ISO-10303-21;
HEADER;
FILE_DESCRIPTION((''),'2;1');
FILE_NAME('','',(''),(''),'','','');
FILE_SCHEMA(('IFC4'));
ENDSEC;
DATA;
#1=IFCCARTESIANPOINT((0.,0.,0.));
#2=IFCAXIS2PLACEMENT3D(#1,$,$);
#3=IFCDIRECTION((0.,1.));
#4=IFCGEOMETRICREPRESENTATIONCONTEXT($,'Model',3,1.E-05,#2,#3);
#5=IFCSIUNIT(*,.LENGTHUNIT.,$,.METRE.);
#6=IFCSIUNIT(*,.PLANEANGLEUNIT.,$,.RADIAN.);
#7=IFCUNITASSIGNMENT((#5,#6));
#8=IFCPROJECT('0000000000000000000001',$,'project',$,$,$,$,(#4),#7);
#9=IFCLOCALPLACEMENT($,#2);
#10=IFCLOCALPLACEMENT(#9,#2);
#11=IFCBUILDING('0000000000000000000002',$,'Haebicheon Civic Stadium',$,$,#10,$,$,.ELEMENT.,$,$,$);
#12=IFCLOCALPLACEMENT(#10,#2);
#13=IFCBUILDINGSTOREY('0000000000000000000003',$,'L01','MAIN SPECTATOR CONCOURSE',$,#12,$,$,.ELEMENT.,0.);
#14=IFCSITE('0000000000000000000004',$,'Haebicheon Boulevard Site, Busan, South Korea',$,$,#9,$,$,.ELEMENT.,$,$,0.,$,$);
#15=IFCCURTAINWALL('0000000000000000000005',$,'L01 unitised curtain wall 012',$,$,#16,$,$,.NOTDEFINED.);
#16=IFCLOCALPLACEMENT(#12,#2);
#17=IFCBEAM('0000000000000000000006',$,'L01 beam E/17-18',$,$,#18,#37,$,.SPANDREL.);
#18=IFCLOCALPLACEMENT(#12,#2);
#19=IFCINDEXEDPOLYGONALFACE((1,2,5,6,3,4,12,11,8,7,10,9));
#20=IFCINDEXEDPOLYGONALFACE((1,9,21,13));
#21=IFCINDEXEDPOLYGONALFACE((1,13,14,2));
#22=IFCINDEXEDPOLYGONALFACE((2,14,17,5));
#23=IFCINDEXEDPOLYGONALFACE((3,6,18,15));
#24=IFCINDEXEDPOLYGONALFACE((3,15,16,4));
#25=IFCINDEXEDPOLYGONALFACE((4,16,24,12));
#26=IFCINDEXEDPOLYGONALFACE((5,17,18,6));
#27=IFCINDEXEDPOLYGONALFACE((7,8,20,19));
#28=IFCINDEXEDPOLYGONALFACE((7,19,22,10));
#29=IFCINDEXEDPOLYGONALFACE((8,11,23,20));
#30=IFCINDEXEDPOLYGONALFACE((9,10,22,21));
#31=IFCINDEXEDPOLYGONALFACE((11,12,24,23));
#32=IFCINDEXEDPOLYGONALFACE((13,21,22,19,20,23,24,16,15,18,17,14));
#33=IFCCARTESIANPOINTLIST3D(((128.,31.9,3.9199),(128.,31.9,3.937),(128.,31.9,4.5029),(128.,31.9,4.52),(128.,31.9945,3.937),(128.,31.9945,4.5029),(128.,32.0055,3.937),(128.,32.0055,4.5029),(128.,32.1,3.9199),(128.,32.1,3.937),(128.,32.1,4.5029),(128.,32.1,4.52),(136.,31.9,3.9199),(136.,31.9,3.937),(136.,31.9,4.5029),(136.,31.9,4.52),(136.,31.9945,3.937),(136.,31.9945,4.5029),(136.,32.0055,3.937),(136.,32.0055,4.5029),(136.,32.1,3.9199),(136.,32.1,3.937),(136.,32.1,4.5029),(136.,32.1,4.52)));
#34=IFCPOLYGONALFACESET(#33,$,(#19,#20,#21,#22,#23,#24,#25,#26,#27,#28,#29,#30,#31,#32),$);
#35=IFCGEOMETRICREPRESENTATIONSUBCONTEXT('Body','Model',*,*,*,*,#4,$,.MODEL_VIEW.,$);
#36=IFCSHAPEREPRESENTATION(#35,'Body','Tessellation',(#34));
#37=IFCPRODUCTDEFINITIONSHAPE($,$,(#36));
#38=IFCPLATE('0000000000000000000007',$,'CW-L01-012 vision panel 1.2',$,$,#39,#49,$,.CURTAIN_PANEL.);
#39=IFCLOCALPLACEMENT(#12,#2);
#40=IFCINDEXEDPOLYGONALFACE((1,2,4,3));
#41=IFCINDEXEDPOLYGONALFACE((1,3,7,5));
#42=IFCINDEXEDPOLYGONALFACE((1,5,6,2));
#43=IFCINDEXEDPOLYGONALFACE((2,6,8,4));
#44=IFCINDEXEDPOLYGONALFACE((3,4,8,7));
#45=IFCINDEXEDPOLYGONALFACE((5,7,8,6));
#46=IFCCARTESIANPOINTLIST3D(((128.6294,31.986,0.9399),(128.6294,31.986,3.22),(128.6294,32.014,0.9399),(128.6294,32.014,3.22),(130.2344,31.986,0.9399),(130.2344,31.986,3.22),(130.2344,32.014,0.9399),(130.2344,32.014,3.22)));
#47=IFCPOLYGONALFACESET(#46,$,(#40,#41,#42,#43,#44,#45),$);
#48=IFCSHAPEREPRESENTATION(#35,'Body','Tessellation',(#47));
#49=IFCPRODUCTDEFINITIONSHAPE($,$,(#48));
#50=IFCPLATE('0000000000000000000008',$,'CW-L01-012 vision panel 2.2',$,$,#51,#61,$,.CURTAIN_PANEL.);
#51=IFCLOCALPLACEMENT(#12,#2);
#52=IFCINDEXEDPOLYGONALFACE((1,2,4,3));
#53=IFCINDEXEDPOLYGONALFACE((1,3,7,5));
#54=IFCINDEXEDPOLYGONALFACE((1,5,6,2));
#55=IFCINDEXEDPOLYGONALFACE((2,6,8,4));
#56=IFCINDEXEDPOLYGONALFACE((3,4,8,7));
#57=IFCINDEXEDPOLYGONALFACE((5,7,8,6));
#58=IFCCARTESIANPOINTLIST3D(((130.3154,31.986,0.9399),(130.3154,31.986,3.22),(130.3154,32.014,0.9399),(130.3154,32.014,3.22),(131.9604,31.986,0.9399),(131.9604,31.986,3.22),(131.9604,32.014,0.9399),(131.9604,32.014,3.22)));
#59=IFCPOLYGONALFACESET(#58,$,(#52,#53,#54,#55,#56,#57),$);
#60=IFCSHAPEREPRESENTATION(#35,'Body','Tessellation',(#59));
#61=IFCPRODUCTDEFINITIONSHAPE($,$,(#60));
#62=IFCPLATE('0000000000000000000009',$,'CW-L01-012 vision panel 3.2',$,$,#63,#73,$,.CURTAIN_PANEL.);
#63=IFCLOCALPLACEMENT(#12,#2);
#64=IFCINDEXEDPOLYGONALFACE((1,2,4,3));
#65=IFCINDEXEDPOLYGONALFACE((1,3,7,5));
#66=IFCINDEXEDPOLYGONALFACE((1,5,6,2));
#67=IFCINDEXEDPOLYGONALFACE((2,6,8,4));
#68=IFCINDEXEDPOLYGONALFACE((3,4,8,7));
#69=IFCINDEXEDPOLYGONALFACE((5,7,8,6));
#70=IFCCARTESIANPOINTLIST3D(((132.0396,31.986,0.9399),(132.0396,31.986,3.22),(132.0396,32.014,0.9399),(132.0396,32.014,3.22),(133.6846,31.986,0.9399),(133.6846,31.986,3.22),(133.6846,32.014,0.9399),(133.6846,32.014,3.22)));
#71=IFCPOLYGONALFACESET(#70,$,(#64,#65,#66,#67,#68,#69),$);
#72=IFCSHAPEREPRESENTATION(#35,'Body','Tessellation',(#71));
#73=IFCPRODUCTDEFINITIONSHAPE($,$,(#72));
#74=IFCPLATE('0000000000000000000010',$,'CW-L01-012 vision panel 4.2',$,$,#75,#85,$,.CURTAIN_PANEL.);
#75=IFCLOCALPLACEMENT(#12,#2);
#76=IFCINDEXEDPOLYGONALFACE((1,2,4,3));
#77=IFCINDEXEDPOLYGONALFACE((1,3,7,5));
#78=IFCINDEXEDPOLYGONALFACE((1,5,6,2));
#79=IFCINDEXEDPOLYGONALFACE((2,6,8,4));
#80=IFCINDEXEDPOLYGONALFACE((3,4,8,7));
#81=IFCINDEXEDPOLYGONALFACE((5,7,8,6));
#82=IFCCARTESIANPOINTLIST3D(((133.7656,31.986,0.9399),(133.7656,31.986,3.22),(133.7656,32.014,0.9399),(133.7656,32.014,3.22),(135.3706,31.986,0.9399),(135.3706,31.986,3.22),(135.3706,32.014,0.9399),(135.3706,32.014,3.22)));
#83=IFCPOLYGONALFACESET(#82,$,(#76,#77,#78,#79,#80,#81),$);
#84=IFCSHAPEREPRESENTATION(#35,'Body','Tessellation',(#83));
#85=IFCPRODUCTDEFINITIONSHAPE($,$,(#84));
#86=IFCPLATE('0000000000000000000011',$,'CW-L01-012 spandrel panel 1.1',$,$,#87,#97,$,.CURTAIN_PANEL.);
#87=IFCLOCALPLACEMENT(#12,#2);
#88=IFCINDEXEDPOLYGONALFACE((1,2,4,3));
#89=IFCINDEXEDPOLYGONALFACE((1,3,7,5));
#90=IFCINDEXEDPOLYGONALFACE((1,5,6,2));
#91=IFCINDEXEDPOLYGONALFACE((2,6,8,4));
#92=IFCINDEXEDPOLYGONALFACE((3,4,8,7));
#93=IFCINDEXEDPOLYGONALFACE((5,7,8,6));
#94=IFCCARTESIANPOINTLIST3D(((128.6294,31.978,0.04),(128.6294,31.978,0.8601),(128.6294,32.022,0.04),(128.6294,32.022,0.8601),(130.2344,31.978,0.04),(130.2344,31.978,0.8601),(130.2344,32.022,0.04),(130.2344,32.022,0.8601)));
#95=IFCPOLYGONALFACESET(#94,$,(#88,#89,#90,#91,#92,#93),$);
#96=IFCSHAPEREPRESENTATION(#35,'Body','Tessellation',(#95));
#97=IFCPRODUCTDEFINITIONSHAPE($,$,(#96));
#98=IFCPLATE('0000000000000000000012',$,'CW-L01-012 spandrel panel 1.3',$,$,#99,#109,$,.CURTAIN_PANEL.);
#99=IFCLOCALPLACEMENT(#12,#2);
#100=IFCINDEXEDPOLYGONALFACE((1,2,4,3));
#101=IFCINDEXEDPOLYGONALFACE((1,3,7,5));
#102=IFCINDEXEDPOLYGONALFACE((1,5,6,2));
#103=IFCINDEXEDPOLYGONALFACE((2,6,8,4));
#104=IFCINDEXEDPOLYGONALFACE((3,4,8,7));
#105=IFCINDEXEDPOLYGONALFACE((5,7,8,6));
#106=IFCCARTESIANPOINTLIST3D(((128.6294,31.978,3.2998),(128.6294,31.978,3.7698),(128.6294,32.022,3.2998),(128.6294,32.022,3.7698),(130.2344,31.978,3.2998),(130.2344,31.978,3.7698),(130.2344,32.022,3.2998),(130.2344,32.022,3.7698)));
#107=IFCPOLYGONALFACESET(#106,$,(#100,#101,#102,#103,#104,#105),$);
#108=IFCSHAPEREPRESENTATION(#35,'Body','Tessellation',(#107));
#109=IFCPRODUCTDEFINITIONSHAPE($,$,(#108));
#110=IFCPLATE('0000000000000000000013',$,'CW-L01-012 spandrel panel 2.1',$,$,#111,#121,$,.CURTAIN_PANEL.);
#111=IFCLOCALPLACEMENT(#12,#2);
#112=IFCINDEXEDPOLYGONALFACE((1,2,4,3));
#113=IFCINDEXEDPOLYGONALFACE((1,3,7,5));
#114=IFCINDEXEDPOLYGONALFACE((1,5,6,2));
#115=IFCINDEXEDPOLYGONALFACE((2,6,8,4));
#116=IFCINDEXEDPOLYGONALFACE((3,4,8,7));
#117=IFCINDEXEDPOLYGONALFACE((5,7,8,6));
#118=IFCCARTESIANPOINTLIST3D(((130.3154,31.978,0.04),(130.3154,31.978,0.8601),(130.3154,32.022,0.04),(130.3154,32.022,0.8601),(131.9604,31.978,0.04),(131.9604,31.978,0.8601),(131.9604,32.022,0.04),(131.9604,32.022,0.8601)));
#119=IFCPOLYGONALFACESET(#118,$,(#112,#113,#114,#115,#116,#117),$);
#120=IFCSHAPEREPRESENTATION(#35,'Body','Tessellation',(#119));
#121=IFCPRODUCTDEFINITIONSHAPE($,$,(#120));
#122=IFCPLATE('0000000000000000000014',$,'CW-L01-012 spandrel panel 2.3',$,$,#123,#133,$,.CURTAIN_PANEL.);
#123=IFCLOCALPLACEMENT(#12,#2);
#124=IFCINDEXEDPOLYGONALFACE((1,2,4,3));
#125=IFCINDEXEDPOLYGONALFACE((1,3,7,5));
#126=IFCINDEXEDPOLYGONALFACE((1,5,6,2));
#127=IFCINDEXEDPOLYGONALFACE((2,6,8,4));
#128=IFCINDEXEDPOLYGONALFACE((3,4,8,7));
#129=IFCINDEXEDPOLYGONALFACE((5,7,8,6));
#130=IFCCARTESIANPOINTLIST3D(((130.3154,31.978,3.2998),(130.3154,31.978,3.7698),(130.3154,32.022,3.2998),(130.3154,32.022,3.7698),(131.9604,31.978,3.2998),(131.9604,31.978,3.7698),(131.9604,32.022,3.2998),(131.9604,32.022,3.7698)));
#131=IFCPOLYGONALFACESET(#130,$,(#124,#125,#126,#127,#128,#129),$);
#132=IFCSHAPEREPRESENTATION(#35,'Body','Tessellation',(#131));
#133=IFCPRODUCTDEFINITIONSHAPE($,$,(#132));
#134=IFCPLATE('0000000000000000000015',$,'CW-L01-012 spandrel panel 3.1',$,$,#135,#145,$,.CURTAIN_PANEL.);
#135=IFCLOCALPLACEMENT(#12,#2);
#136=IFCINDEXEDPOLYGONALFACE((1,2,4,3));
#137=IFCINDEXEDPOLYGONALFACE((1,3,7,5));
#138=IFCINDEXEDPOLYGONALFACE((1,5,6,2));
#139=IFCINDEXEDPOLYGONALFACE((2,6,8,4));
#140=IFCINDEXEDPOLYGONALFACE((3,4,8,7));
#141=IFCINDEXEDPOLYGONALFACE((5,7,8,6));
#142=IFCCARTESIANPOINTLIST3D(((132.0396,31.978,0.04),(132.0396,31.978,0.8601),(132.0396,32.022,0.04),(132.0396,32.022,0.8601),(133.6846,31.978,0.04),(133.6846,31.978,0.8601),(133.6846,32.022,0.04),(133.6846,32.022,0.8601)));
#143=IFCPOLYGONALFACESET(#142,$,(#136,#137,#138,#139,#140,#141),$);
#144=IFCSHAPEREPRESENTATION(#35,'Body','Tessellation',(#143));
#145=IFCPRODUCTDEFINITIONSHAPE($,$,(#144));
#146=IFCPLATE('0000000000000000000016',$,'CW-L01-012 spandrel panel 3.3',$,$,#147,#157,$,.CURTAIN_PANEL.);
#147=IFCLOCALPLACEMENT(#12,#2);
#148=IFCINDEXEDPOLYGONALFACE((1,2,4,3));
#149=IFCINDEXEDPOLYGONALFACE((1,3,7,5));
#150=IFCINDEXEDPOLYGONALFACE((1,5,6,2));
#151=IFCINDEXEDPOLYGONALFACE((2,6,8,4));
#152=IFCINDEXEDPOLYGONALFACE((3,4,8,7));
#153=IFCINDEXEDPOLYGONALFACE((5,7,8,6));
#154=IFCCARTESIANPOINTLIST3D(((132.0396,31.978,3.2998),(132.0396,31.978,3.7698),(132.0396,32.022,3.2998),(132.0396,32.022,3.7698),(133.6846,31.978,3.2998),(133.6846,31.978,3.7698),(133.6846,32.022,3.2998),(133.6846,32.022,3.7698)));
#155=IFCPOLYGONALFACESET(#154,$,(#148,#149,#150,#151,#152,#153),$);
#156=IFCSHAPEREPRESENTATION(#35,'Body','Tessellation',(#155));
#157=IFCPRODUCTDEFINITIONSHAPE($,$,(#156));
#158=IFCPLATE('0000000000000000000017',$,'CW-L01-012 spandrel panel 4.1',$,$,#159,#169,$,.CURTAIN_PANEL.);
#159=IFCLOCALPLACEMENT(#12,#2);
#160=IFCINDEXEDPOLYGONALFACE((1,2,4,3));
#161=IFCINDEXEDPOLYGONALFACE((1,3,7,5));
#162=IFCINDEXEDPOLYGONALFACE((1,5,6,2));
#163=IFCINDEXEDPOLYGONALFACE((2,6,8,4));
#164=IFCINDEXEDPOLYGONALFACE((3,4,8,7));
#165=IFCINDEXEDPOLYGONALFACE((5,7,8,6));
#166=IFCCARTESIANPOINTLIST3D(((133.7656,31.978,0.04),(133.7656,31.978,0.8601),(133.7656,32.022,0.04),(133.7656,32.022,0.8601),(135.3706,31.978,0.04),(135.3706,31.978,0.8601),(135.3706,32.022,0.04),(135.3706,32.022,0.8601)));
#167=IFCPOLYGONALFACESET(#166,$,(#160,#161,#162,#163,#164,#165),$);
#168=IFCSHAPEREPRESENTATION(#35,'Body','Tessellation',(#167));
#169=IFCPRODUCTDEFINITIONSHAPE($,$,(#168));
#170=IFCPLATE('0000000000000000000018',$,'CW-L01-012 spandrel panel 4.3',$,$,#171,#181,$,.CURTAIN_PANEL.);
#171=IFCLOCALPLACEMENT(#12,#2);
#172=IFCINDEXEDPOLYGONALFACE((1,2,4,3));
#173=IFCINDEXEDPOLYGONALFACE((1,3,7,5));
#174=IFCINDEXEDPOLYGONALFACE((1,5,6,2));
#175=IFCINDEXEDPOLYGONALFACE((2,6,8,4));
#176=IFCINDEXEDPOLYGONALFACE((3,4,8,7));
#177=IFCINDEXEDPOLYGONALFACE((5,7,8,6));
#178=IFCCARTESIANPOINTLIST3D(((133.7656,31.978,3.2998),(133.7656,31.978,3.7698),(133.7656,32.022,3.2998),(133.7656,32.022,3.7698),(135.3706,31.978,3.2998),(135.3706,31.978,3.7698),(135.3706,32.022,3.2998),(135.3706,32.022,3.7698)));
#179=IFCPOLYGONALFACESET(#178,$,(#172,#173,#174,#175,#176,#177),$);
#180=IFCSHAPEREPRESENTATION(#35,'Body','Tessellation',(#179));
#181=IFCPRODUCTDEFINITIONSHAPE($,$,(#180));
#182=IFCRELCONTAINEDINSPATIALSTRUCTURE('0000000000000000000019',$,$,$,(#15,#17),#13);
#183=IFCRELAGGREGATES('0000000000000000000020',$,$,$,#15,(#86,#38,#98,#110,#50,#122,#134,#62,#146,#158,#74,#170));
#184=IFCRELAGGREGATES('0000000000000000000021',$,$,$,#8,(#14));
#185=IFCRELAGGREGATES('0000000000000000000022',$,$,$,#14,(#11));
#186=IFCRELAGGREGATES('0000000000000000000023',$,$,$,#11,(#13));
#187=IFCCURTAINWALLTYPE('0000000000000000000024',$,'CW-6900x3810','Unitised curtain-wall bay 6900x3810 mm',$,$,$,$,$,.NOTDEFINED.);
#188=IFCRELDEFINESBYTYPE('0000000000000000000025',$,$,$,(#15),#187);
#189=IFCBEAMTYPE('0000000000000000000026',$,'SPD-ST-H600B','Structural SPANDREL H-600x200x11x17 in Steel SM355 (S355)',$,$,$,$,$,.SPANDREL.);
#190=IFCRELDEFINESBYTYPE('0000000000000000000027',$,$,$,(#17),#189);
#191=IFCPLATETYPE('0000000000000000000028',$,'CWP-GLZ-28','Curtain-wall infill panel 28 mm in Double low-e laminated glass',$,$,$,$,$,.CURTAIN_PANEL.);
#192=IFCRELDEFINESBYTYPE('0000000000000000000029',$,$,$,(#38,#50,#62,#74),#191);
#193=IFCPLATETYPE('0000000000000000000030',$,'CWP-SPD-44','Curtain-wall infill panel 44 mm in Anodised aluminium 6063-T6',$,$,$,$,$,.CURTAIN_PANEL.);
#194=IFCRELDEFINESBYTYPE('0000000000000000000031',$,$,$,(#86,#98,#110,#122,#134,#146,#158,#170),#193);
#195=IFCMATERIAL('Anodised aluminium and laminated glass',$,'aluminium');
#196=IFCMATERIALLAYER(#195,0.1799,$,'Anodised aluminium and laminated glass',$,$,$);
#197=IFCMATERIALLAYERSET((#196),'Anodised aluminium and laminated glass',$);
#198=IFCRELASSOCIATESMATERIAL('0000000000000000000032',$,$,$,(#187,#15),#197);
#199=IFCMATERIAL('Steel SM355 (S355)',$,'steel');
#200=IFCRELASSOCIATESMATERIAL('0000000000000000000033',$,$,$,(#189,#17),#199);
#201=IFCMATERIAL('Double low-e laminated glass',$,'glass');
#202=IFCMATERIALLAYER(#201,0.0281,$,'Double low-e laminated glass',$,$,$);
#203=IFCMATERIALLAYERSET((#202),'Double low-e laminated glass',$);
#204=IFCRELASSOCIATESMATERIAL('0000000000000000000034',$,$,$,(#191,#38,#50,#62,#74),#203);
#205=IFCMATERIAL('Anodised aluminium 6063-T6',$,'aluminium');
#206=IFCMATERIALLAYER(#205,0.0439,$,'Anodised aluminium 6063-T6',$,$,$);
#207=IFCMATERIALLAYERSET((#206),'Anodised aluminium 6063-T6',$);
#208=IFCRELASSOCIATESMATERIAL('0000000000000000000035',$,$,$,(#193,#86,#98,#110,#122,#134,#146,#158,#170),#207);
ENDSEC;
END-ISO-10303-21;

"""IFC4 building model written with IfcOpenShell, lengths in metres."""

from ifc_helpers import new_model, si_unit, direction, frame, origin, origin_2d, place, context, subcontext, project, spatial, rectangle, i_section, extrude, material, layer, layer_set, material_profile, profile_set, type_object, element, aggregate, save


model = new_model("IFC4")

# Units and contexts
model_context = context("Model", 3, precision=1e-05, world=origin(), true_north=direction((0.0, 1.0)))
body_context = subcontext(model_context, "Body", "Model", "MODEL_VIEW")
ifc_project = project(units=[si_unit("LENGTHUNIT", "METRE"), si_unit("PLANEANGLEUNIT", "RADIAN")], contexts=[model_context])

# Site, building, storey
site_placement = place(None, origin())
site = spatial("IfcSite", under=ifc_project, at=site_placement, Name="Haebicheon Boulevard Site, Busan, South Korea", CompositionType="ELEMENT", RefElevation=0.0)
building_placement = place(site_placement, origin())
building = spatial("IfcBuilding", under=site, at=building_placement, Name="Haebicheon Civic Stadium", CompositionType="ELEMENT")
storey_placement = place(building_placement, origin())
storey = spatial("IfcBuildingStorey", under=building, at=storey_placement, Name="L01", Description="MAIN SPECTATOR CONCOURSE", CompositionType="ELEMENT", Elevation=0.0)

# Curtain wall
ifc_material_1 = material(Name="Anodised aluminium and laminated glass", Category="aluminium")
ifc_layer_1 = layer(ifc_material_1, 0.1799, Name="Anodised aluminium and laminated glass")
ifc_layer_set_1 = layer_set([ifc_layer_1], Name="Anodised aluminium and laminated glass")
curtain_wall_type = type_object("IfcCurtainWallType", Name="CW-6900x3810", Description="Unitised curtain-wall bay 6900x3810 mm", PredefinedType="NOTDEFINED", material=ifc_layer_set_1)
curtain_wall_placement = place(storey_placement, origin())
curtain_wall = element("IfcCurtainWall", 1, at=curtain_wall_placement, inside=storey, type_object=curtain_wall_type, material=ifc_layer_set_1, Name="L01 unitised curtain wall 012", PredefinedType="NOTDEFINED")

# Beam
ifc_material_2 = material(Name="Steel SM355 (S355)", Category="steel")
ifc_material_profile_1 = material_profile(ifc_material_2, i_section(OverallWidth=0.2, OverallDepth=0.6001, WebThickness=0.011, FlangeThickness=0.0171, at=origin_2d()), Name="H-600x200x11x17")
ifc_profile_set_1 = profile_set([ifc_material_profile_1], Name="Steel SM355 (S355)")
beam_type_1 = type_object("IfcBeamType", Name="SPD-ST-H600B", Description="Structural SPANDREL H-600x200x11x17 in Steel SM355 (S355)", PredefinedType="SPANDREL", material=ifc_profile_set_1)
beam_1_placement = place(storey_placement, frame((128.0, 32.0, 4.22), z_axis=(1.0, 0.0, 0.0), x_axis=(0.0, 1.0, 0.0)))
element("IfcBeam", 2, at=beam_1_placement, inside=storey, type_object=beam_type_1, material=ifc_profile_set_1, Name="L01 beam E/17-18", PredefinedType="SPANDREL", context=body_context, shape_type="SweptSolid", body=[
    extrude(i_section(OverallWidth=0.2, OverallDepth=0.6001, WebThickness=0.011, FlangeThickness=0.0171, at=origin_2d()), origin(), (0.0, 0.0, 1.0), 8.0),
])

# Plates
ifc_material_3 = material(Name="Double low-e laminated glass", Category="glass")
ifc_layer_2 = layer(ifc_material_3, 0.0281, Name="Double low-e laminated glass")
ifc_layer_set_2 = layer_set([ifc_layer_2], Name="Double low-e laminated glass")
plate_type_1 = type_object("IfcPlateType", Name="CWP-GLZ-28", Description="Curtain-wall infill panel 28 mm in Double low-e laminated glass", PredefinedType="CURTAIN_PANEL", material=ifc_layer_set_2)
plate_1_placement = place(storey_placement, frame((129.4319, 32.0, 0.9399), z_axis=(0.0, 0.0, 1.0), x_axis=(1.0, 0.0, 0.0)))
plate_1 = element("IfcPlate", 3, at=plate_1_placement, type_object=plate_type_1, material=ifc_layer_set_2, Name="CW-L01-012 vision panel 1.2", PredefinedType="CURTAIN_PANEL", context=body_context, shape_type="SweptSolid", body=[
    extrude(rectangle(XDim=1.605, YDim=0.0281, at=origin_2d()), origin(), (0.0, 0.0, 1.0), 2.28),
])
plate_2_placement = place(storey_placement, frame((131.1379, 32.0, 0.9399), z_axis=(0.0, 0.0, 1.0), x_axis=(1.0, 0.0, 0.0)))
plate_2 = element("IfcPlate", 4, at=plate_2_placement, type_object=plate_type_1, material=ifc_layer_set_2, Name="CW-L01-012 vision panel 2.2", PredefinedType="CURTAIN_PANEL", context=body_context, shape_type="SweptSolid", body=[
    extrude(rectangle(XDim=1.645, YDim=0.0281, at=origin_2d()), origin(), (0.0, 0.0, 1.0), 2.28),
])
plate_3_placement = place(storey_placement, frame((132.8621, 32.0, 0.9399), z_axis=(0.0, 0.0, 1.0), x_axis=(1.0, 0.0, 0.0)))
plate_3 = element("IfcPlate", 5, at=plate_3_placement, type_object=plate_type_1, material=ifc_layer_set_2, Name="CW-L01-012 vision panel 3.2", PredefinedType="CURTAIN_PANEL", context=body_context, shape_type="SweptSolid", body=[
    extrude(rectangle(XDim=1.645, YDim=0.0281, at=origin_2d()), origin(), (0.0, 0.0, 1.0), 2.28),
])
plate_4_placement = place(storey_placement, frame((134.5681, 32.0, 0.9399), z_axis=(0.0, 0.0, 1.0), x_axis=(1.0, 0.0, 0.0)))
plate_4 = element("IfcPlate", 6, at=plate_4_placement, type_object=plate_type_1, material=ifc_layer_set_2, Name="CW-L01-012 vision panel 4.2", PredefinedType="CURTAIN_PANEL", context=body_context, shape_type="SweptSolid", body=[
    extrude(rectangle(XDim=1.605, YDim=0.0281, at=origin_2d()), origin(), (0.0, 0.0, 1.0), 2.28),
])
ifc_material_4 = material(Name="Anodised aluminium 6063-T6", Category="aluminium")
ifc_layer_3 = layer(ifc_material_4, 0.0439, Name="Anodised aluminium 6063-T6")
ifc_layer_set_3 = layer_set([ifc_layer_3], Name="Anodised aluminium 6063-T6")
plate_type_2 = type_object("IfcPlateType", Name="CWP-SPD-44", Description="Curtain-wall infill panel 44 mm in Anodised aluminium 6063-T6", PredefinedType="CURTAIN_PANEL", material=ifc_layer_set_3)
plate_5_placement = place(storey_placement, frame((129.4319, 32.0, 0.04), z_axis=(0.0, 0.0, 1.0), x_axis=(1.0, 0.0, 0.0)))
plate_5 = element("IfcPlate", 7, at=plate_5_placement, type_object=plate_type_2, material=ifc_layer_set_3, Name="CW-L01-012 spandrel panel 1.1", PredefinedType="CURTAIN_PANEL", context=body_context, shape_type="SweptSolid", body=[
    extrude(rectangle(XDim=1.605, YDim=0.0439, at=origin_2d()), origin(), (0.0, 0.0, 1.0), 0.8201),
])
plate_6_placement = place(storey_placement, frame((129.4319, 32.0, 3.2998), z_axis=(0.0, 0.0, 1.0), x_axis=(1.0, 0.0, 0.0)))
plate_6 = element("IfcPlate", 8, at=plate_6_placement, type_object=plate_type_2, material=ifc_layer_set_3, Name="CW-L01-012 spandrel panel 1.3", PredefinedType="CURTAIN_PANEL", context=body_context, shape_type="SweptSolid", body=[
    extrude(rectangle(XDim=1.605, YDim=0.0439, at=origin_2d()), origin(), (0.0, 0.0, 1.0), 0.47),
])
plate_7_placement = place(storey_placement, frame((131.1379, 32.0, 0.04), z_axis=(0.0, 0.0, 1.0), x_axis=(1.0, 0.0, 0.0)))
plate_7 = element("IfcPlate", 9, at=plate_7_placement, type_object=plate_type_2, material=ifc_layer_set_3, Name="CW-L01-012 spandrel panel 2.1", PredefinedType="CURTAIN_PANEL", context=body_context, shape_type="SweptSolid", body=[
    extrude(rectangle(XDim=1.645, YDim=0.0439, at=origin_2d()), origin(), (0.0, 0.0, 1.0), 0.8201),
])
plate_8_placement = place(storey_placement, frame((131.1379, 32.0, 3.2998), z_axis=(0.0, 0.0, 1.0), x_axis=(1.0, 0.0, 0.0)))
plate_8 = element("IfcPlate", 10, at=plate_8_placement, type_object=plate_type_2, material=ifc_layer_set_3, Name="CW-L01-012 spandrel panel 2.3", PredefinedType="CURTAIN_PANEL", context=body_context, shape_type="SweptSolid", body=[
    extrude(rectangle(XDim=1.645, YDim=0.0439, at=origin_2d()), origin(), (0.0, 0.0, 1.0), 0.47),
])
plate_9_placement = place(storey_placement, frame((132.8621, 32.0, 0.04), z_axis=(0.0, 0.0, 1.0), x_axis=(1.0, 0.0, 0.0)))
plate_9 = element("IfcPlate", 11, at=plate_9_placement, type_object=plate_type_2, material=ifc_layer_set_3, Name="CW-L01-012 spandrel panel 3.1", PredefinedType="CURTAIN_PANEL", context=body_context, shape_type="SweptSolid", body=[
    extrude(rectangle(XDim=1.645, YDim=0.0439, at=origin_2d()), origin(), (0.0, 0.0, 1.0), 0.8201),
])
plate_10_placement = place(storey_placement, frame((132.8621, 32.0, 3.2998), z_axis=(0.0, 0.0, 1.0), x_axis=(1.0, 0.0, 0.0)))
plate_10 = element("IfcPlate", 12, at=plate_10_placement, type_object=plate_type_2, material=ifc_layer_set_3, Name="CW-L01-012 spandrel panel 3.3", PredefinedType="CURTAIN_PANEL", context=body_context, shape_type="SweptSolid", body=[
    extrude(rectangle(XDim=1.645, YDim=0.0439, at=origin_2d()), origin(), (0.0, 0.0, 1.0), 0.47),
])
plate_11_placement = place(storey_placement, frame((134.5681, 32.0, 0.04), z_axis=(0.0, 0.0, 1.0), x_axis=(1.0, 0.0, 0.0)))
plate_11 = element("IfcPlate", 13, at=plate_11_placement, type_object=plate_type_2, material=ifc_layer_set_3, Name="CW-L01-012 spandrel panel 4.1", PredefinedType="CURTAIN_PANEL", context=body_context, shape_type="SweptSolid", body=[
    extrude(rectangle(XDim=1.605, YDim=0.0439, at=origin_2d()), origin(), (0.0, 0.0, 1.0), 0.8201),
])
plate_12_placement = place(storey_placement, frame((134.5681, 32.0, 3.2998), z_axis=(0.0, 0.0, 1.0), x_axis=(1.0, 0.0, 0.0)))
plate_12 = element("IfcPlate", 14, at=plate_12_placement, type_object=plate_type_2, material=ifc_layer_set_3, Name="CW-L01-012 spandrel panel 4.3", PredefinedType="CURTAIN_PANEL", context=body_context, shape_type="SweptSolid", body=[
    extrude(rectangle(XDim=1.605, YDim=0.0439, at=origin_2d()), origin(), (0.0, 0.0, 1.0), 0.47),
])
aggregate(curtain_wall, [plate_5, plate_1, plate_6, plate_7, plate_2, plate_8, plate_9, plate_3, plate_10, plate_11, plate_4, plate_12])

save(model, "model.ifc")
